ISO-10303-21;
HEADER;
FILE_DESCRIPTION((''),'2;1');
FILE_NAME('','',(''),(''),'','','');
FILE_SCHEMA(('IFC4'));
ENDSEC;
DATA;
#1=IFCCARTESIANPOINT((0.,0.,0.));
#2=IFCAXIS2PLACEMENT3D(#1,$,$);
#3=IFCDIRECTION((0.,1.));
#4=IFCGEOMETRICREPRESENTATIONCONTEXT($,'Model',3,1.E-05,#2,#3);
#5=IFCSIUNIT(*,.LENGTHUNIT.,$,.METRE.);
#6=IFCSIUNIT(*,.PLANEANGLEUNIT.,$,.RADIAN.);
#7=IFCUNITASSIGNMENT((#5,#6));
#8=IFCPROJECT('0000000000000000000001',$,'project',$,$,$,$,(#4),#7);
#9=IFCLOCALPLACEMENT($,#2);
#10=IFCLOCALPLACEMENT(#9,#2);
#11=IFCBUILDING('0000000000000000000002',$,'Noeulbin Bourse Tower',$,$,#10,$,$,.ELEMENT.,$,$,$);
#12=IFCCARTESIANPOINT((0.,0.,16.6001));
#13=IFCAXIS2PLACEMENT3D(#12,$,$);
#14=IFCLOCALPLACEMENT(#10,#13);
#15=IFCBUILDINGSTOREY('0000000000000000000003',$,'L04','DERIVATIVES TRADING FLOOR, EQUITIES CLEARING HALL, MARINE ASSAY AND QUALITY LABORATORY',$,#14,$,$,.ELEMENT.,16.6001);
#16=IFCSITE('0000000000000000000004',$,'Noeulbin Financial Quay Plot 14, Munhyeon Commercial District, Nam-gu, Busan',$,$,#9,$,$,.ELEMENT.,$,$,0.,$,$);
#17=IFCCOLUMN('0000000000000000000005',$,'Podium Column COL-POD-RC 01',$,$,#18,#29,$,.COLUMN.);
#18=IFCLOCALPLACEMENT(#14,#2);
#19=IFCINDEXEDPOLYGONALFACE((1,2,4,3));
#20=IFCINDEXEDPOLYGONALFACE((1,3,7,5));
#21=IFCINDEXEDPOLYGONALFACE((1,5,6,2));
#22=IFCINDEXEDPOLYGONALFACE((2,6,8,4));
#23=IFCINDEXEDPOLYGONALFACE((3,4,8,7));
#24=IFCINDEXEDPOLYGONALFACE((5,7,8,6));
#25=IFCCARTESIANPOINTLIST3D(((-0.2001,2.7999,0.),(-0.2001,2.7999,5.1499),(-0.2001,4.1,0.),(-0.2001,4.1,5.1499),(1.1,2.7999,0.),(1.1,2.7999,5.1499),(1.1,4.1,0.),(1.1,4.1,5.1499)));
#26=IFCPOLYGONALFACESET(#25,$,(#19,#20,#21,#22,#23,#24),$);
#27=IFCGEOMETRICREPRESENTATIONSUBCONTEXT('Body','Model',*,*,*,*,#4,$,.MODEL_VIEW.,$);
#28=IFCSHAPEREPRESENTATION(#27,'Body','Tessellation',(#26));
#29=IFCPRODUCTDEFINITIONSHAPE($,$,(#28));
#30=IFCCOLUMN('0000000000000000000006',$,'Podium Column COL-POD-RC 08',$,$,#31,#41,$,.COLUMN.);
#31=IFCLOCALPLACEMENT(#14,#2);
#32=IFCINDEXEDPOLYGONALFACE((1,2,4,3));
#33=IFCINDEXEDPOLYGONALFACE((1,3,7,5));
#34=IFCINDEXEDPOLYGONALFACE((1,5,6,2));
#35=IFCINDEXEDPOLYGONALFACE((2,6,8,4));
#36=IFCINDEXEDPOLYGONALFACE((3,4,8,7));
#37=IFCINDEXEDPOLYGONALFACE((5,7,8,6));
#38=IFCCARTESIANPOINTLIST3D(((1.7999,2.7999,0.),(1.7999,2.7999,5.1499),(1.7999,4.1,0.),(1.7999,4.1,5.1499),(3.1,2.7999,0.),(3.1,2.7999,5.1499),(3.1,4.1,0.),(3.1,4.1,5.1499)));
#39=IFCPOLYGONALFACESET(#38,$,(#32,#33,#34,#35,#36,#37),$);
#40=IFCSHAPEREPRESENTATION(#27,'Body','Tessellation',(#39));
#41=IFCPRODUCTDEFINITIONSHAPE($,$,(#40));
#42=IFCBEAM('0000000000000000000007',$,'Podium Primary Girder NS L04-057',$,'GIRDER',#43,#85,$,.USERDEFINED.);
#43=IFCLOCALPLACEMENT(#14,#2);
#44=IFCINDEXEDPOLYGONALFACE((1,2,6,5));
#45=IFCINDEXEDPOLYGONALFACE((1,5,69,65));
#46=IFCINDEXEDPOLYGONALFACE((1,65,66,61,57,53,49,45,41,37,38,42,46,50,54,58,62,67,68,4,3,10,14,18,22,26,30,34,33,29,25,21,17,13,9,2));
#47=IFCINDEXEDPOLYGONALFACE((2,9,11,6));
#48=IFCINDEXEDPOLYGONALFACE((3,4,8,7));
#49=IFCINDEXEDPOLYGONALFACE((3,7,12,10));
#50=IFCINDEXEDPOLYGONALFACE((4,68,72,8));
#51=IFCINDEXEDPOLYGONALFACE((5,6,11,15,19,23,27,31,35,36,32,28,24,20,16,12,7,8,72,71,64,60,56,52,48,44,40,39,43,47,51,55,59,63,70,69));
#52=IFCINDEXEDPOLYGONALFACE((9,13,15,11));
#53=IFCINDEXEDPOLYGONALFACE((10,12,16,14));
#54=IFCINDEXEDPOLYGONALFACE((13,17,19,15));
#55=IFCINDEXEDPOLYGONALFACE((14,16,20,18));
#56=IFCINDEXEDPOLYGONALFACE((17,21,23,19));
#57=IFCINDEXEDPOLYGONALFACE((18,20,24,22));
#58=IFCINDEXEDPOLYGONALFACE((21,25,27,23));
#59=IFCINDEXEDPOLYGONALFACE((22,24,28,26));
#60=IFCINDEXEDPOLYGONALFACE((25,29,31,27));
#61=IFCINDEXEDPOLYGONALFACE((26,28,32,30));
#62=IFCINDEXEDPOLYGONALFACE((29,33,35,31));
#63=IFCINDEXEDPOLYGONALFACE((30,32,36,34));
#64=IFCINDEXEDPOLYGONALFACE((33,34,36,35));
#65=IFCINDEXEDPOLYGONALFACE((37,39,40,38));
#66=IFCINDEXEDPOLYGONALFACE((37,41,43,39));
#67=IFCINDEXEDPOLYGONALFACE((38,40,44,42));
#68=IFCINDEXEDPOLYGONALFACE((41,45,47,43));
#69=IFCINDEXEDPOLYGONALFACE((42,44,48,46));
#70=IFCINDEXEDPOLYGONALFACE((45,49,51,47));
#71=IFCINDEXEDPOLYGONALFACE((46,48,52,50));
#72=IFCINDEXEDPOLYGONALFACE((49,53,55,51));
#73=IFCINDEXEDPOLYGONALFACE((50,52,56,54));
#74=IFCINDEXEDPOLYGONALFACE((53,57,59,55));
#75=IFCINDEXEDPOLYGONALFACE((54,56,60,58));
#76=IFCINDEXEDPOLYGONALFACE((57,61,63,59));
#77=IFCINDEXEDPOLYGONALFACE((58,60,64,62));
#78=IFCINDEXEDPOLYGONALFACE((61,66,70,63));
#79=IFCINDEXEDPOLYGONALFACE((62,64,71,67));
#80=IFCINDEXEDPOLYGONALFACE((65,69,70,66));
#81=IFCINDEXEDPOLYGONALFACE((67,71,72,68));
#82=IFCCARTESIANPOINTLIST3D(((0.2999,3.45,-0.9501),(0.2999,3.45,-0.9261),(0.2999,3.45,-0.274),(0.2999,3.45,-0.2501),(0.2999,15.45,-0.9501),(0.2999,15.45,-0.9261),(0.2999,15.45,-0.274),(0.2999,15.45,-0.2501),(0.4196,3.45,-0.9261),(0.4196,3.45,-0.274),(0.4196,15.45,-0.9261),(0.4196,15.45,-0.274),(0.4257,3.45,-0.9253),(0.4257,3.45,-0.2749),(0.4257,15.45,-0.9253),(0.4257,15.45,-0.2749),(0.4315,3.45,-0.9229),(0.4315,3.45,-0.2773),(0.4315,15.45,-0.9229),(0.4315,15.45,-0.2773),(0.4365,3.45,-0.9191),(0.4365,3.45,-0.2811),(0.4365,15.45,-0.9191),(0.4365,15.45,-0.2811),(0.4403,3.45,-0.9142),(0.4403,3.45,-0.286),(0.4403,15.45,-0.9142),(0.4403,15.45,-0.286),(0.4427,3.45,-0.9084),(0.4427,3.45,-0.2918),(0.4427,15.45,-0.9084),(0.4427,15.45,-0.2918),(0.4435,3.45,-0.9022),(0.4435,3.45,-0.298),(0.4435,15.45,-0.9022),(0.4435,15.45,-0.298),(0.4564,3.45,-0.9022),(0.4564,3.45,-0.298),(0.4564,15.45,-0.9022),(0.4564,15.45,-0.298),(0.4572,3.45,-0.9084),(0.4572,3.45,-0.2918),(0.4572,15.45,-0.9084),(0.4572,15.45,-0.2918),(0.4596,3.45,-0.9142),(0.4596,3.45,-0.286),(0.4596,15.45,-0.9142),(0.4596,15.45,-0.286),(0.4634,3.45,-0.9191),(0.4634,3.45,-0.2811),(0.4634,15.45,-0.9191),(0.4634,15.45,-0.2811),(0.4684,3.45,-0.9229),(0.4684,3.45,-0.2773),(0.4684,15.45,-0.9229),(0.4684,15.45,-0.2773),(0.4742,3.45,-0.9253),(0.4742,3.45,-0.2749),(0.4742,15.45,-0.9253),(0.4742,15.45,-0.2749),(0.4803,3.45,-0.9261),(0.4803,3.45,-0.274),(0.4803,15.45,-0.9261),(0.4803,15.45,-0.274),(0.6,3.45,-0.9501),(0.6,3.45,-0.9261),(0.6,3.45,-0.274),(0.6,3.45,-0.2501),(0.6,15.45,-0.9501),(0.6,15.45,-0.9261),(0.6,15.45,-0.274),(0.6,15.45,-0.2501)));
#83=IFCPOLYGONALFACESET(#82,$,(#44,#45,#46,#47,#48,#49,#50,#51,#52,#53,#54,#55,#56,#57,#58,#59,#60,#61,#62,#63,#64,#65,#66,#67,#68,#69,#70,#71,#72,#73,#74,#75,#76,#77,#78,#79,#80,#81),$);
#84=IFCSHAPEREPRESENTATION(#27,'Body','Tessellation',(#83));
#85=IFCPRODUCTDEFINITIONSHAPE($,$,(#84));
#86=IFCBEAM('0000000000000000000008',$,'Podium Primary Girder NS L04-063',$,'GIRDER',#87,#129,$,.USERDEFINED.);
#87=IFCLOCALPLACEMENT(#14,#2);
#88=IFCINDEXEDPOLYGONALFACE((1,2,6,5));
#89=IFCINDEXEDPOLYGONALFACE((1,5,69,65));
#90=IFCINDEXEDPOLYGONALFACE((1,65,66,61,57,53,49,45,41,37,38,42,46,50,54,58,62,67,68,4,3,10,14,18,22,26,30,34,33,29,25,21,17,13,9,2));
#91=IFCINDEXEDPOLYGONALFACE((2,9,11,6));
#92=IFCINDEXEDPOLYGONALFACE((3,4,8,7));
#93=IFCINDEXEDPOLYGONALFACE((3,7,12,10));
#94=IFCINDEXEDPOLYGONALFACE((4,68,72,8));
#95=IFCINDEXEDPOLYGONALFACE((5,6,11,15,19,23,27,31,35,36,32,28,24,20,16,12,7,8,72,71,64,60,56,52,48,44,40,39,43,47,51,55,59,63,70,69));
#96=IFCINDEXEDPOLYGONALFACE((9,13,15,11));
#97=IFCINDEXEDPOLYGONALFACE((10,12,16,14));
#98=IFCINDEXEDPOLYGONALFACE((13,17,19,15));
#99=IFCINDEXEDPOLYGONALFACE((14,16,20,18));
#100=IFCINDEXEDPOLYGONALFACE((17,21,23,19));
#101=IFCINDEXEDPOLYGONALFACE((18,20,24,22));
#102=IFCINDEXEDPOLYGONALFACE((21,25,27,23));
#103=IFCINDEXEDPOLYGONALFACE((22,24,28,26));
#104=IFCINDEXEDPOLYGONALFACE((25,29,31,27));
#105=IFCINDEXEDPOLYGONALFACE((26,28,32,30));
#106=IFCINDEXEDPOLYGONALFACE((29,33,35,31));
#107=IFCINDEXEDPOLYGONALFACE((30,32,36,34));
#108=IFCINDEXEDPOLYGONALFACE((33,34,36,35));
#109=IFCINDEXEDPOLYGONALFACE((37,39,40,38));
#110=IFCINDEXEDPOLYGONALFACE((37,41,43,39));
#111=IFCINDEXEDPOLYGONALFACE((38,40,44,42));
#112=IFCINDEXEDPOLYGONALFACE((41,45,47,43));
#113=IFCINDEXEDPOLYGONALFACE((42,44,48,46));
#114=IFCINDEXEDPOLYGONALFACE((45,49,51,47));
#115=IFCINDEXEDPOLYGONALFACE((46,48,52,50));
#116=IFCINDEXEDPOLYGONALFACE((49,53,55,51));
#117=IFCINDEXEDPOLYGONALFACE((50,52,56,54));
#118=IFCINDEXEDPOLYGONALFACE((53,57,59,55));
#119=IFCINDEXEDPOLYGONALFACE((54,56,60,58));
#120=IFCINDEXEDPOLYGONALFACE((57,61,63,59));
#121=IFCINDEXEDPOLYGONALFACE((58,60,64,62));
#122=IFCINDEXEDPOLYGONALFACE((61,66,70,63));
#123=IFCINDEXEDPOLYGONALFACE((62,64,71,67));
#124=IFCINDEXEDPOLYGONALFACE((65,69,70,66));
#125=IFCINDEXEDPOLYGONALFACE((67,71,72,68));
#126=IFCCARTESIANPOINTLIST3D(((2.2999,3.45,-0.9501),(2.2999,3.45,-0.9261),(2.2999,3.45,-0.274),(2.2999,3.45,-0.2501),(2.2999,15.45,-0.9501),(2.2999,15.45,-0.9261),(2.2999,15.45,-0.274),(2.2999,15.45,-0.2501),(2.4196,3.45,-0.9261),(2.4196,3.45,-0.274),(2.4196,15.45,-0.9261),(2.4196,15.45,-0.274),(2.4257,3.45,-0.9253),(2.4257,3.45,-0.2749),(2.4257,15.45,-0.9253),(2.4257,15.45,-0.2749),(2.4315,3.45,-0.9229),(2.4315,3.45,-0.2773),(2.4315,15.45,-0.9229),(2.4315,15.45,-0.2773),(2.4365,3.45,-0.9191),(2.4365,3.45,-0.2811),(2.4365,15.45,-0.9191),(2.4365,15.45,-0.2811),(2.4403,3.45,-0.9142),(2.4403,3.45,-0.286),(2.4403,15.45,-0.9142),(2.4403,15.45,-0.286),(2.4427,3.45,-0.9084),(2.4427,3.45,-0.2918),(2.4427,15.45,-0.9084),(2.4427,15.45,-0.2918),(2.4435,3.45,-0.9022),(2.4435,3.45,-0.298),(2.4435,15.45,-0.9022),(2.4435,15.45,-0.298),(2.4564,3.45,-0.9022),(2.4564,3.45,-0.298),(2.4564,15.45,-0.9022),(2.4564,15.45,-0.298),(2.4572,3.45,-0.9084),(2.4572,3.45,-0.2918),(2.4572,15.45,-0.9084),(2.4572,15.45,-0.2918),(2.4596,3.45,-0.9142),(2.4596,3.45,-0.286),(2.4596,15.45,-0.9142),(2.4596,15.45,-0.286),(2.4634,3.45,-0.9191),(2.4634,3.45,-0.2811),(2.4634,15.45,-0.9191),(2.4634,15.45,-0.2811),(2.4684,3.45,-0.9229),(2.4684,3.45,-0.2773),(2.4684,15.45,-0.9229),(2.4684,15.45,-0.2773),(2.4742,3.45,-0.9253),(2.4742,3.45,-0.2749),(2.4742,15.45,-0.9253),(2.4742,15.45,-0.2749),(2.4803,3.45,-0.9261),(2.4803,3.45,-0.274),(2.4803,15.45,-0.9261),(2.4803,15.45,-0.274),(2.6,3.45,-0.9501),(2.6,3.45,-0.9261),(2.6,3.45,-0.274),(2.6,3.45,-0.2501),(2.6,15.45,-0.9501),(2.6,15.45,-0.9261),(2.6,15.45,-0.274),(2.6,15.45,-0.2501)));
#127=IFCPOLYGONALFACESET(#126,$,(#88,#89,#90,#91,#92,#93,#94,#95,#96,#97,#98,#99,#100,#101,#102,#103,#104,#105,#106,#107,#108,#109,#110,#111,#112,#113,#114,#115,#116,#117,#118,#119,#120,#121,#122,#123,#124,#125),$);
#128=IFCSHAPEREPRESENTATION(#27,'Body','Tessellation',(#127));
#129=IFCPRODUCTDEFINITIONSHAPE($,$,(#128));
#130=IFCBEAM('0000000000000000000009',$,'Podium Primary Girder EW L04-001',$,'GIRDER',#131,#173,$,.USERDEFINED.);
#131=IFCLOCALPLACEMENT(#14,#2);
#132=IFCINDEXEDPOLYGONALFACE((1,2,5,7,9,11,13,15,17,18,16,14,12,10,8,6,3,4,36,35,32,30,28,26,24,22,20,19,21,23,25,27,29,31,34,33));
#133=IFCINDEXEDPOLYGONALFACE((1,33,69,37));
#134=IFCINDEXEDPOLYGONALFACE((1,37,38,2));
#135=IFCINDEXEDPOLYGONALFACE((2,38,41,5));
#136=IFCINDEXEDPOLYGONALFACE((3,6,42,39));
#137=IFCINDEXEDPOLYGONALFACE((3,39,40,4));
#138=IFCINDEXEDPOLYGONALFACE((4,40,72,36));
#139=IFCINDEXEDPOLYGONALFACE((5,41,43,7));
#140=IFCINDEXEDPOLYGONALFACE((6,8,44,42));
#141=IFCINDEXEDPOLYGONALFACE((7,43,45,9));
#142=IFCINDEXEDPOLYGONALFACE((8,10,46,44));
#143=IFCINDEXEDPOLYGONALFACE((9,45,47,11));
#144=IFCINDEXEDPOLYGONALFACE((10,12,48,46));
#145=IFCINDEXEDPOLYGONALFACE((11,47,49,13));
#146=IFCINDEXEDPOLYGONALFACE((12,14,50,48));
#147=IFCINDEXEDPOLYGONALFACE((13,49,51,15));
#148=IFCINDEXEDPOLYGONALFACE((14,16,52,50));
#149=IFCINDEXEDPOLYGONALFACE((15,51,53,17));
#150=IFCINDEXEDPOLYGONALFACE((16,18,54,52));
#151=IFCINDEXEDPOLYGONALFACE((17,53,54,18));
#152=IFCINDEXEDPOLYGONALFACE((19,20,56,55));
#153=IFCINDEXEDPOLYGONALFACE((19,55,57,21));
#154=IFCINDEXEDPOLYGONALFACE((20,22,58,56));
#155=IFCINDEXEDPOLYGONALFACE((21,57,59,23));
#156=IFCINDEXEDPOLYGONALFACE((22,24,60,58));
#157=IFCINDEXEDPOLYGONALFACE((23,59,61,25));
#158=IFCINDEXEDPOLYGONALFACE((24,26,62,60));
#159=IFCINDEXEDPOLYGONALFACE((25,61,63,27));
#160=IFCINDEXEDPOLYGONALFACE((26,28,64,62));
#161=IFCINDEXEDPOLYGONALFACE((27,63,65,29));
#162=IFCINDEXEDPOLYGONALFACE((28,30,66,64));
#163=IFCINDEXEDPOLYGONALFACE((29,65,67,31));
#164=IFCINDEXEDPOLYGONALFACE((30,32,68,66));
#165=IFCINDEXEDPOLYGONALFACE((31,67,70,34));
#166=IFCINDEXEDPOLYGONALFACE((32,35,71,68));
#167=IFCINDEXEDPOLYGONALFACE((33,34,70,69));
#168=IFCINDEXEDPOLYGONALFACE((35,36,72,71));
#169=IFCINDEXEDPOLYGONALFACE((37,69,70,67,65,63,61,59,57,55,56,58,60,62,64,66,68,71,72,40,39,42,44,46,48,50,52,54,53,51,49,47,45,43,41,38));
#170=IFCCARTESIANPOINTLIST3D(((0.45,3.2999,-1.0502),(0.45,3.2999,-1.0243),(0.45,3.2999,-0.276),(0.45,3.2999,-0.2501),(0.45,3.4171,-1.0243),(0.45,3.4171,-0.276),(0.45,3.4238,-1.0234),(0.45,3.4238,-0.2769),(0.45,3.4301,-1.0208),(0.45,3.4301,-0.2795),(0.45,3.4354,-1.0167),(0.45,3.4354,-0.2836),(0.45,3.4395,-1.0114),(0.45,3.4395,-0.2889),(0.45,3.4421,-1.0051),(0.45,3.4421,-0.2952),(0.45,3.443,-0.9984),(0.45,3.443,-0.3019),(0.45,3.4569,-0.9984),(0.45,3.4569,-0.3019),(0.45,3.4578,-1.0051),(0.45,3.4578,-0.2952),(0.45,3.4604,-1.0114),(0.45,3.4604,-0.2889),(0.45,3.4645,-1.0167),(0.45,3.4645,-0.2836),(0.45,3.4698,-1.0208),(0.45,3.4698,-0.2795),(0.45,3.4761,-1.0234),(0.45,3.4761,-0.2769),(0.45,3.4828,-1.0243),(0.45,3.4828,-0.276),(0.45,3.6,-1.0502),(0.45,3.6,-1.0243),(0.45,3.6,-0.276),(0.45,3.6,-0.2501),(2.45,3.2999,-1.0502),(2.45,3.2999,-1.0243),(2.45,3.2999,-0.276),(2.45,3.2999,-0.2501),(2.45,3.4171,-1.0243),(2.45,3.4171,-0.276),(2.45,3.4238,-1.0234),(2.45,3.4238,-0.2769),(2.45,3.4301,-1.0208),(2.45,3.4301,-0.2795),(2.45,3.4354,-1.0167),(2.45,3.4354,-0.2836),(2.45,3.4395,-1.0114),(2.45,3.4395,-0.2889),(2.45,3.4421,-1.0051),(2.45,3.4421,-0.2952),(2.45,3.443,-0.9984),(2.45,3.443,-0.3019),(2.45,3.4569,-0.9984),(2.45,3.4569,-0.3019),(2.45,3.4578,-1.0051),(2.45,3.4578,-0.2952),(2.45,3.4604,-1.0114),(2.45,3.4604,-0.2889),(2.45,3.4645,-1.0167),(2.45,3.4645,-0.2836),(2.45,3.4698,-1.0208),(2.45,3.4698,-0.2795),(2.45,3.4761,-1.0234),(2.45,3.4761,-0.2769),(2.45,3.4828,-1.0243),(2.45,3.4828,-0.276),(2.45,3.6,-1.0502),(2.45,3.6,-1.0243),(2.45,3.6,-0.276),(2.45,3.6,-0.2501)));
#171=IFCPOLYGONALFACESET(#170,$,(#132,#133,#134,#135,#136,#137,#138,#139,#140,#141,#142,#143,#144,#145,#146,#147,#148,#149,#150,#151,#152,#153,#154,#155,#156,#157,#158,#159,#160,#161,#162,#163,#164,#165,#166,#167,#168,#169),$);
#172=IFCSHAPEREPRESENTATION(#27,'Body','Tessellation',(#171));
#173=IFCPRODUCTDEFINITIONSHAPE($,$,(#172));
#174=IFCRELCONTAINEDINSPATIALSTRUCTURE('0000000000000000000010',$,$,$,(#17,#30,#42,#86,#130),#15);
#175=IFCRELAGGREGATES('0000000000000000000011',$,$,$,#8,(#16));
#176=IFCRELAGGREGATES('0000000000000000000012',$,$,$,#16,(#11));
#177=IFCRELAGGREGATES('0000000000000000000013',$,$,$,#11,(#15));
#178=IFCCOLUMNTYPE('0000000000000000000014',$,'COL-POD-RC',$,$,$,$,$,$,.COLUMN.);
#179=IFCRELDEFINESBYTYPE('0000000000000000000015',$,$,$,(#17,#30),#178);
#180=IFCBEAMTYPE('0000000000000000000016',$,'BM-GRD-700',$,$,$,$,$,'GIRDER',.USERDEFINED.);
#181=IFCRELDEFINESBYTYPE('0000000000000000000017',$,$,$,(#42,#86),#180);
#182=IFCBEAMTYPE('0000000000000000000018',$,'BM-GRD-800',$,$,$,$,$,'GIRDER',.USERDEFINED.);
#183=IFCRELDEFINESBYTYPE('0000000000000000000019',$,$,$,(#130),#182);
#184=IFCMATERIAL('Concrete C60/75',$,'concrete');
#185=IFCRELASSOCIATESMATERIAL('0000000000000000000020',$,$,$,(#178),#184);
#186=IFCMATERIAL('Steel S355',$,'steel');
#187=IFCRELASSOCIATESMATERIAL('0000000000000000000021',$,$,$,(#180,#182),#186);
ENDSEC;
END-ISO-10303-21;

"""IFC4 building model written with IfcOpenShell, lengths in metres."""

from ifc_helpers import new_model, si_unit, direction, frame, origin, origin_2d, place, context, subcontext, project, spatial, rectangle, i_section, extrude, material, material_profile, profile_set, type_object, element, save


model = new_model("IFC4")

# Units and contexts
model_context = context("Model", 3, precision=1e-05, world=origin(), true_north=direction((0.0, 1.0)))
body_context = subcontext(model_context, "Body", "Model", "MODEL_VIEW")
ifc_project = project(units=[si_unit("LENGTHUNIT", "METRE"), si_unit("PLANEANGLEUNIT", "RADIAN")], contexts=[model_context])

# Site, building, storey
site_placement = place(None, origin())
site = spatial("IfcSite", under=ifc_project, at=site_placement, Name="Noeulbin Financial Quay Plot 14, Munhyeon Commercial District, Nam-gu, Busan", CompositionType="ELEMENT", RefElevation=0.0)
building_placement = place(site_placement, origin())
building = spatial("IfcBuilding", under=site, at=building_placement, Name="Noeulbin Bourse Tower", CompositionType="ELEMENT")
storey_placement = place(building_placement, frame((0.0, 0.0, 16.6001)))
storey = spatial("IfcBuildingStorey", under=building, at=storey_placement, Name="L04", Description="DERIVATIVES TRADING FLOOR, EQUITIES CLEARING HALL, MARINE ASSAY AND QUALITY LABORATORY", CompositionType="ELEMENT", Elevation=16.6001)

# Columns
ifc_material_1 = material(Name="Concrete C60/75", Category="concrete")
ifc_material_profile_1 = material_profile(ifc_material_1, rectangle(XDim=1.3, YDim=1.3, at=origin_2d()), Name="RC-COL-1300x1300", Category="LoadBearing")
ifc_profile_set_1 = profile_set([ifc_material_profile_1], Name="Concrete C60/75")
column_type = type_object("IfcColumnType", Name="COL-POD-RC", PredefinedType="COLUMN", material=ifc_profile_set_1)
for number, where, z_axis, x_axis, name in (
    (1, (0.45, 3.45, 0.0), (0.0, 0.0, 1.0), (1.0, 0.0, 0.0), "Podium Column COL-POD-RC 01"),
    (2, (2.45, 3.45, 0.0), (0.0, 0.0, 1.0), (1.0, 0.0, 0.0), "Podium Column COL-POD-RC 08"),
):
    element("IfcColumn", number, at=place(storey_placement, frame(where, z_axis=z_axis, x_axis=x_axis)), inside=storey, type_object=column_type, Name=name, PredefinedType="COLUMN", context=body_context, shape_type="SweptSolid", body=[
        extrude(rectangle(XDim=1.3, YDim=1.3, at=origin_2d()), origin(), (0.0, 0.0, 1.0), 5.1499),
    ])

# Beams
ifc_material_2 = material(Name="Steel S355", Category="steel")
ifc_material_profile_2 = material_profile(ifc_material_2, i_section(OverallWidth=0.3, OverallDepth=0.7, WebThickness=0.0129, FlangeThickness=0.0239, FilletRadius=0.0239, at=origin_2d()), Name="H-700x300x13x24", Category="LoadBearing")
ifc_profile_set_2 = profile_set([ifc_material_profile_2], Name="Steel S355")
beam_type_1 = type_object("IfcBeamType", Name="BM-GRD-700", ElementType="GIRDER", PredefinedType="USERDEFINED", material=ifc_profile_set_2)
for number, where, z_axis, x_axis, name in (
    (3, (0.45, 3.45, -0.6001), (0.0, 1.0, 0.0), (-1.0, 0.0, 0.0), "Podium Primary Girder NS L04-057"),
    (4, (2.45, 3.45, -0.6001), (0.0, 1.0, 0.0), (-1.0, 0.0, 0.0), "Podium Primary Girder NS L04-063"),
):
    element("IfcBeam", number, at=place(storey_placement, frame(where, z_axis=z_axis, x_axis=x_axis)), inside=storey, type_object=beam_type_1, Name=name, ObjectType="GIRDER", PredefinedType="USERDEFINED", context=body_context, shape_type="SweptSolid", body=[
        extrude(i_section(OverallWidth=0.3, OverallDepth=0.7, WebThickness=0.0129, FlangeThickness=0.0239, FilletRadius=0.0239, at=origin_2d()), origin(), (0.0, 0.0, 1.0), 12.0),
    ])
ifc_material_profile_3 = material_profile(ifc_material_2, i_section(OverallWidth=0.3, OverallDepth=0.8, WebThickness=0.0139, FlangeThickness=0.0259, FilletRadius=0.0259, at=origin_2d()), Name="H-800x300x14x26", Category="LoadBearing")
ifc_profile_set_3 = profile_set([ifc_material_profile_3], Name="Steel S355")
beam_type_2 = type_object("IfcBeamType", Name="BM-GRD-800", ElementType="GIRDER", PredefinedType="USERDEFINED", material=ifc_profile_set_3)
beam_1_placement = place(storey_placement, frame((0.45, 3.45, -0.6501), z_axis=(1.0, 0.0, 0.0), x_axis=(0.0, 1.0, 0.0)))
element("IfcBeam", 5, at=beam_1_placement, inside=storey, type_object=beam_type_2, Name="Podium Primary Girder EW L04-001", ObjectType="GIRDER", PredefinedType="USERDEFINED", context=body_context, shape_type="SweptSolid", body=[
    extrude(i_section(OverallWidth=0.3, OverallDepth=0.8, WebThickness=0.0139, FlangeThickness=0.0259, FilletRadius=0.0259, at=origin_2d()), origin(), (0.0, 0.0, 1.0), 2.0),
])

save(model, "model.ifc")
